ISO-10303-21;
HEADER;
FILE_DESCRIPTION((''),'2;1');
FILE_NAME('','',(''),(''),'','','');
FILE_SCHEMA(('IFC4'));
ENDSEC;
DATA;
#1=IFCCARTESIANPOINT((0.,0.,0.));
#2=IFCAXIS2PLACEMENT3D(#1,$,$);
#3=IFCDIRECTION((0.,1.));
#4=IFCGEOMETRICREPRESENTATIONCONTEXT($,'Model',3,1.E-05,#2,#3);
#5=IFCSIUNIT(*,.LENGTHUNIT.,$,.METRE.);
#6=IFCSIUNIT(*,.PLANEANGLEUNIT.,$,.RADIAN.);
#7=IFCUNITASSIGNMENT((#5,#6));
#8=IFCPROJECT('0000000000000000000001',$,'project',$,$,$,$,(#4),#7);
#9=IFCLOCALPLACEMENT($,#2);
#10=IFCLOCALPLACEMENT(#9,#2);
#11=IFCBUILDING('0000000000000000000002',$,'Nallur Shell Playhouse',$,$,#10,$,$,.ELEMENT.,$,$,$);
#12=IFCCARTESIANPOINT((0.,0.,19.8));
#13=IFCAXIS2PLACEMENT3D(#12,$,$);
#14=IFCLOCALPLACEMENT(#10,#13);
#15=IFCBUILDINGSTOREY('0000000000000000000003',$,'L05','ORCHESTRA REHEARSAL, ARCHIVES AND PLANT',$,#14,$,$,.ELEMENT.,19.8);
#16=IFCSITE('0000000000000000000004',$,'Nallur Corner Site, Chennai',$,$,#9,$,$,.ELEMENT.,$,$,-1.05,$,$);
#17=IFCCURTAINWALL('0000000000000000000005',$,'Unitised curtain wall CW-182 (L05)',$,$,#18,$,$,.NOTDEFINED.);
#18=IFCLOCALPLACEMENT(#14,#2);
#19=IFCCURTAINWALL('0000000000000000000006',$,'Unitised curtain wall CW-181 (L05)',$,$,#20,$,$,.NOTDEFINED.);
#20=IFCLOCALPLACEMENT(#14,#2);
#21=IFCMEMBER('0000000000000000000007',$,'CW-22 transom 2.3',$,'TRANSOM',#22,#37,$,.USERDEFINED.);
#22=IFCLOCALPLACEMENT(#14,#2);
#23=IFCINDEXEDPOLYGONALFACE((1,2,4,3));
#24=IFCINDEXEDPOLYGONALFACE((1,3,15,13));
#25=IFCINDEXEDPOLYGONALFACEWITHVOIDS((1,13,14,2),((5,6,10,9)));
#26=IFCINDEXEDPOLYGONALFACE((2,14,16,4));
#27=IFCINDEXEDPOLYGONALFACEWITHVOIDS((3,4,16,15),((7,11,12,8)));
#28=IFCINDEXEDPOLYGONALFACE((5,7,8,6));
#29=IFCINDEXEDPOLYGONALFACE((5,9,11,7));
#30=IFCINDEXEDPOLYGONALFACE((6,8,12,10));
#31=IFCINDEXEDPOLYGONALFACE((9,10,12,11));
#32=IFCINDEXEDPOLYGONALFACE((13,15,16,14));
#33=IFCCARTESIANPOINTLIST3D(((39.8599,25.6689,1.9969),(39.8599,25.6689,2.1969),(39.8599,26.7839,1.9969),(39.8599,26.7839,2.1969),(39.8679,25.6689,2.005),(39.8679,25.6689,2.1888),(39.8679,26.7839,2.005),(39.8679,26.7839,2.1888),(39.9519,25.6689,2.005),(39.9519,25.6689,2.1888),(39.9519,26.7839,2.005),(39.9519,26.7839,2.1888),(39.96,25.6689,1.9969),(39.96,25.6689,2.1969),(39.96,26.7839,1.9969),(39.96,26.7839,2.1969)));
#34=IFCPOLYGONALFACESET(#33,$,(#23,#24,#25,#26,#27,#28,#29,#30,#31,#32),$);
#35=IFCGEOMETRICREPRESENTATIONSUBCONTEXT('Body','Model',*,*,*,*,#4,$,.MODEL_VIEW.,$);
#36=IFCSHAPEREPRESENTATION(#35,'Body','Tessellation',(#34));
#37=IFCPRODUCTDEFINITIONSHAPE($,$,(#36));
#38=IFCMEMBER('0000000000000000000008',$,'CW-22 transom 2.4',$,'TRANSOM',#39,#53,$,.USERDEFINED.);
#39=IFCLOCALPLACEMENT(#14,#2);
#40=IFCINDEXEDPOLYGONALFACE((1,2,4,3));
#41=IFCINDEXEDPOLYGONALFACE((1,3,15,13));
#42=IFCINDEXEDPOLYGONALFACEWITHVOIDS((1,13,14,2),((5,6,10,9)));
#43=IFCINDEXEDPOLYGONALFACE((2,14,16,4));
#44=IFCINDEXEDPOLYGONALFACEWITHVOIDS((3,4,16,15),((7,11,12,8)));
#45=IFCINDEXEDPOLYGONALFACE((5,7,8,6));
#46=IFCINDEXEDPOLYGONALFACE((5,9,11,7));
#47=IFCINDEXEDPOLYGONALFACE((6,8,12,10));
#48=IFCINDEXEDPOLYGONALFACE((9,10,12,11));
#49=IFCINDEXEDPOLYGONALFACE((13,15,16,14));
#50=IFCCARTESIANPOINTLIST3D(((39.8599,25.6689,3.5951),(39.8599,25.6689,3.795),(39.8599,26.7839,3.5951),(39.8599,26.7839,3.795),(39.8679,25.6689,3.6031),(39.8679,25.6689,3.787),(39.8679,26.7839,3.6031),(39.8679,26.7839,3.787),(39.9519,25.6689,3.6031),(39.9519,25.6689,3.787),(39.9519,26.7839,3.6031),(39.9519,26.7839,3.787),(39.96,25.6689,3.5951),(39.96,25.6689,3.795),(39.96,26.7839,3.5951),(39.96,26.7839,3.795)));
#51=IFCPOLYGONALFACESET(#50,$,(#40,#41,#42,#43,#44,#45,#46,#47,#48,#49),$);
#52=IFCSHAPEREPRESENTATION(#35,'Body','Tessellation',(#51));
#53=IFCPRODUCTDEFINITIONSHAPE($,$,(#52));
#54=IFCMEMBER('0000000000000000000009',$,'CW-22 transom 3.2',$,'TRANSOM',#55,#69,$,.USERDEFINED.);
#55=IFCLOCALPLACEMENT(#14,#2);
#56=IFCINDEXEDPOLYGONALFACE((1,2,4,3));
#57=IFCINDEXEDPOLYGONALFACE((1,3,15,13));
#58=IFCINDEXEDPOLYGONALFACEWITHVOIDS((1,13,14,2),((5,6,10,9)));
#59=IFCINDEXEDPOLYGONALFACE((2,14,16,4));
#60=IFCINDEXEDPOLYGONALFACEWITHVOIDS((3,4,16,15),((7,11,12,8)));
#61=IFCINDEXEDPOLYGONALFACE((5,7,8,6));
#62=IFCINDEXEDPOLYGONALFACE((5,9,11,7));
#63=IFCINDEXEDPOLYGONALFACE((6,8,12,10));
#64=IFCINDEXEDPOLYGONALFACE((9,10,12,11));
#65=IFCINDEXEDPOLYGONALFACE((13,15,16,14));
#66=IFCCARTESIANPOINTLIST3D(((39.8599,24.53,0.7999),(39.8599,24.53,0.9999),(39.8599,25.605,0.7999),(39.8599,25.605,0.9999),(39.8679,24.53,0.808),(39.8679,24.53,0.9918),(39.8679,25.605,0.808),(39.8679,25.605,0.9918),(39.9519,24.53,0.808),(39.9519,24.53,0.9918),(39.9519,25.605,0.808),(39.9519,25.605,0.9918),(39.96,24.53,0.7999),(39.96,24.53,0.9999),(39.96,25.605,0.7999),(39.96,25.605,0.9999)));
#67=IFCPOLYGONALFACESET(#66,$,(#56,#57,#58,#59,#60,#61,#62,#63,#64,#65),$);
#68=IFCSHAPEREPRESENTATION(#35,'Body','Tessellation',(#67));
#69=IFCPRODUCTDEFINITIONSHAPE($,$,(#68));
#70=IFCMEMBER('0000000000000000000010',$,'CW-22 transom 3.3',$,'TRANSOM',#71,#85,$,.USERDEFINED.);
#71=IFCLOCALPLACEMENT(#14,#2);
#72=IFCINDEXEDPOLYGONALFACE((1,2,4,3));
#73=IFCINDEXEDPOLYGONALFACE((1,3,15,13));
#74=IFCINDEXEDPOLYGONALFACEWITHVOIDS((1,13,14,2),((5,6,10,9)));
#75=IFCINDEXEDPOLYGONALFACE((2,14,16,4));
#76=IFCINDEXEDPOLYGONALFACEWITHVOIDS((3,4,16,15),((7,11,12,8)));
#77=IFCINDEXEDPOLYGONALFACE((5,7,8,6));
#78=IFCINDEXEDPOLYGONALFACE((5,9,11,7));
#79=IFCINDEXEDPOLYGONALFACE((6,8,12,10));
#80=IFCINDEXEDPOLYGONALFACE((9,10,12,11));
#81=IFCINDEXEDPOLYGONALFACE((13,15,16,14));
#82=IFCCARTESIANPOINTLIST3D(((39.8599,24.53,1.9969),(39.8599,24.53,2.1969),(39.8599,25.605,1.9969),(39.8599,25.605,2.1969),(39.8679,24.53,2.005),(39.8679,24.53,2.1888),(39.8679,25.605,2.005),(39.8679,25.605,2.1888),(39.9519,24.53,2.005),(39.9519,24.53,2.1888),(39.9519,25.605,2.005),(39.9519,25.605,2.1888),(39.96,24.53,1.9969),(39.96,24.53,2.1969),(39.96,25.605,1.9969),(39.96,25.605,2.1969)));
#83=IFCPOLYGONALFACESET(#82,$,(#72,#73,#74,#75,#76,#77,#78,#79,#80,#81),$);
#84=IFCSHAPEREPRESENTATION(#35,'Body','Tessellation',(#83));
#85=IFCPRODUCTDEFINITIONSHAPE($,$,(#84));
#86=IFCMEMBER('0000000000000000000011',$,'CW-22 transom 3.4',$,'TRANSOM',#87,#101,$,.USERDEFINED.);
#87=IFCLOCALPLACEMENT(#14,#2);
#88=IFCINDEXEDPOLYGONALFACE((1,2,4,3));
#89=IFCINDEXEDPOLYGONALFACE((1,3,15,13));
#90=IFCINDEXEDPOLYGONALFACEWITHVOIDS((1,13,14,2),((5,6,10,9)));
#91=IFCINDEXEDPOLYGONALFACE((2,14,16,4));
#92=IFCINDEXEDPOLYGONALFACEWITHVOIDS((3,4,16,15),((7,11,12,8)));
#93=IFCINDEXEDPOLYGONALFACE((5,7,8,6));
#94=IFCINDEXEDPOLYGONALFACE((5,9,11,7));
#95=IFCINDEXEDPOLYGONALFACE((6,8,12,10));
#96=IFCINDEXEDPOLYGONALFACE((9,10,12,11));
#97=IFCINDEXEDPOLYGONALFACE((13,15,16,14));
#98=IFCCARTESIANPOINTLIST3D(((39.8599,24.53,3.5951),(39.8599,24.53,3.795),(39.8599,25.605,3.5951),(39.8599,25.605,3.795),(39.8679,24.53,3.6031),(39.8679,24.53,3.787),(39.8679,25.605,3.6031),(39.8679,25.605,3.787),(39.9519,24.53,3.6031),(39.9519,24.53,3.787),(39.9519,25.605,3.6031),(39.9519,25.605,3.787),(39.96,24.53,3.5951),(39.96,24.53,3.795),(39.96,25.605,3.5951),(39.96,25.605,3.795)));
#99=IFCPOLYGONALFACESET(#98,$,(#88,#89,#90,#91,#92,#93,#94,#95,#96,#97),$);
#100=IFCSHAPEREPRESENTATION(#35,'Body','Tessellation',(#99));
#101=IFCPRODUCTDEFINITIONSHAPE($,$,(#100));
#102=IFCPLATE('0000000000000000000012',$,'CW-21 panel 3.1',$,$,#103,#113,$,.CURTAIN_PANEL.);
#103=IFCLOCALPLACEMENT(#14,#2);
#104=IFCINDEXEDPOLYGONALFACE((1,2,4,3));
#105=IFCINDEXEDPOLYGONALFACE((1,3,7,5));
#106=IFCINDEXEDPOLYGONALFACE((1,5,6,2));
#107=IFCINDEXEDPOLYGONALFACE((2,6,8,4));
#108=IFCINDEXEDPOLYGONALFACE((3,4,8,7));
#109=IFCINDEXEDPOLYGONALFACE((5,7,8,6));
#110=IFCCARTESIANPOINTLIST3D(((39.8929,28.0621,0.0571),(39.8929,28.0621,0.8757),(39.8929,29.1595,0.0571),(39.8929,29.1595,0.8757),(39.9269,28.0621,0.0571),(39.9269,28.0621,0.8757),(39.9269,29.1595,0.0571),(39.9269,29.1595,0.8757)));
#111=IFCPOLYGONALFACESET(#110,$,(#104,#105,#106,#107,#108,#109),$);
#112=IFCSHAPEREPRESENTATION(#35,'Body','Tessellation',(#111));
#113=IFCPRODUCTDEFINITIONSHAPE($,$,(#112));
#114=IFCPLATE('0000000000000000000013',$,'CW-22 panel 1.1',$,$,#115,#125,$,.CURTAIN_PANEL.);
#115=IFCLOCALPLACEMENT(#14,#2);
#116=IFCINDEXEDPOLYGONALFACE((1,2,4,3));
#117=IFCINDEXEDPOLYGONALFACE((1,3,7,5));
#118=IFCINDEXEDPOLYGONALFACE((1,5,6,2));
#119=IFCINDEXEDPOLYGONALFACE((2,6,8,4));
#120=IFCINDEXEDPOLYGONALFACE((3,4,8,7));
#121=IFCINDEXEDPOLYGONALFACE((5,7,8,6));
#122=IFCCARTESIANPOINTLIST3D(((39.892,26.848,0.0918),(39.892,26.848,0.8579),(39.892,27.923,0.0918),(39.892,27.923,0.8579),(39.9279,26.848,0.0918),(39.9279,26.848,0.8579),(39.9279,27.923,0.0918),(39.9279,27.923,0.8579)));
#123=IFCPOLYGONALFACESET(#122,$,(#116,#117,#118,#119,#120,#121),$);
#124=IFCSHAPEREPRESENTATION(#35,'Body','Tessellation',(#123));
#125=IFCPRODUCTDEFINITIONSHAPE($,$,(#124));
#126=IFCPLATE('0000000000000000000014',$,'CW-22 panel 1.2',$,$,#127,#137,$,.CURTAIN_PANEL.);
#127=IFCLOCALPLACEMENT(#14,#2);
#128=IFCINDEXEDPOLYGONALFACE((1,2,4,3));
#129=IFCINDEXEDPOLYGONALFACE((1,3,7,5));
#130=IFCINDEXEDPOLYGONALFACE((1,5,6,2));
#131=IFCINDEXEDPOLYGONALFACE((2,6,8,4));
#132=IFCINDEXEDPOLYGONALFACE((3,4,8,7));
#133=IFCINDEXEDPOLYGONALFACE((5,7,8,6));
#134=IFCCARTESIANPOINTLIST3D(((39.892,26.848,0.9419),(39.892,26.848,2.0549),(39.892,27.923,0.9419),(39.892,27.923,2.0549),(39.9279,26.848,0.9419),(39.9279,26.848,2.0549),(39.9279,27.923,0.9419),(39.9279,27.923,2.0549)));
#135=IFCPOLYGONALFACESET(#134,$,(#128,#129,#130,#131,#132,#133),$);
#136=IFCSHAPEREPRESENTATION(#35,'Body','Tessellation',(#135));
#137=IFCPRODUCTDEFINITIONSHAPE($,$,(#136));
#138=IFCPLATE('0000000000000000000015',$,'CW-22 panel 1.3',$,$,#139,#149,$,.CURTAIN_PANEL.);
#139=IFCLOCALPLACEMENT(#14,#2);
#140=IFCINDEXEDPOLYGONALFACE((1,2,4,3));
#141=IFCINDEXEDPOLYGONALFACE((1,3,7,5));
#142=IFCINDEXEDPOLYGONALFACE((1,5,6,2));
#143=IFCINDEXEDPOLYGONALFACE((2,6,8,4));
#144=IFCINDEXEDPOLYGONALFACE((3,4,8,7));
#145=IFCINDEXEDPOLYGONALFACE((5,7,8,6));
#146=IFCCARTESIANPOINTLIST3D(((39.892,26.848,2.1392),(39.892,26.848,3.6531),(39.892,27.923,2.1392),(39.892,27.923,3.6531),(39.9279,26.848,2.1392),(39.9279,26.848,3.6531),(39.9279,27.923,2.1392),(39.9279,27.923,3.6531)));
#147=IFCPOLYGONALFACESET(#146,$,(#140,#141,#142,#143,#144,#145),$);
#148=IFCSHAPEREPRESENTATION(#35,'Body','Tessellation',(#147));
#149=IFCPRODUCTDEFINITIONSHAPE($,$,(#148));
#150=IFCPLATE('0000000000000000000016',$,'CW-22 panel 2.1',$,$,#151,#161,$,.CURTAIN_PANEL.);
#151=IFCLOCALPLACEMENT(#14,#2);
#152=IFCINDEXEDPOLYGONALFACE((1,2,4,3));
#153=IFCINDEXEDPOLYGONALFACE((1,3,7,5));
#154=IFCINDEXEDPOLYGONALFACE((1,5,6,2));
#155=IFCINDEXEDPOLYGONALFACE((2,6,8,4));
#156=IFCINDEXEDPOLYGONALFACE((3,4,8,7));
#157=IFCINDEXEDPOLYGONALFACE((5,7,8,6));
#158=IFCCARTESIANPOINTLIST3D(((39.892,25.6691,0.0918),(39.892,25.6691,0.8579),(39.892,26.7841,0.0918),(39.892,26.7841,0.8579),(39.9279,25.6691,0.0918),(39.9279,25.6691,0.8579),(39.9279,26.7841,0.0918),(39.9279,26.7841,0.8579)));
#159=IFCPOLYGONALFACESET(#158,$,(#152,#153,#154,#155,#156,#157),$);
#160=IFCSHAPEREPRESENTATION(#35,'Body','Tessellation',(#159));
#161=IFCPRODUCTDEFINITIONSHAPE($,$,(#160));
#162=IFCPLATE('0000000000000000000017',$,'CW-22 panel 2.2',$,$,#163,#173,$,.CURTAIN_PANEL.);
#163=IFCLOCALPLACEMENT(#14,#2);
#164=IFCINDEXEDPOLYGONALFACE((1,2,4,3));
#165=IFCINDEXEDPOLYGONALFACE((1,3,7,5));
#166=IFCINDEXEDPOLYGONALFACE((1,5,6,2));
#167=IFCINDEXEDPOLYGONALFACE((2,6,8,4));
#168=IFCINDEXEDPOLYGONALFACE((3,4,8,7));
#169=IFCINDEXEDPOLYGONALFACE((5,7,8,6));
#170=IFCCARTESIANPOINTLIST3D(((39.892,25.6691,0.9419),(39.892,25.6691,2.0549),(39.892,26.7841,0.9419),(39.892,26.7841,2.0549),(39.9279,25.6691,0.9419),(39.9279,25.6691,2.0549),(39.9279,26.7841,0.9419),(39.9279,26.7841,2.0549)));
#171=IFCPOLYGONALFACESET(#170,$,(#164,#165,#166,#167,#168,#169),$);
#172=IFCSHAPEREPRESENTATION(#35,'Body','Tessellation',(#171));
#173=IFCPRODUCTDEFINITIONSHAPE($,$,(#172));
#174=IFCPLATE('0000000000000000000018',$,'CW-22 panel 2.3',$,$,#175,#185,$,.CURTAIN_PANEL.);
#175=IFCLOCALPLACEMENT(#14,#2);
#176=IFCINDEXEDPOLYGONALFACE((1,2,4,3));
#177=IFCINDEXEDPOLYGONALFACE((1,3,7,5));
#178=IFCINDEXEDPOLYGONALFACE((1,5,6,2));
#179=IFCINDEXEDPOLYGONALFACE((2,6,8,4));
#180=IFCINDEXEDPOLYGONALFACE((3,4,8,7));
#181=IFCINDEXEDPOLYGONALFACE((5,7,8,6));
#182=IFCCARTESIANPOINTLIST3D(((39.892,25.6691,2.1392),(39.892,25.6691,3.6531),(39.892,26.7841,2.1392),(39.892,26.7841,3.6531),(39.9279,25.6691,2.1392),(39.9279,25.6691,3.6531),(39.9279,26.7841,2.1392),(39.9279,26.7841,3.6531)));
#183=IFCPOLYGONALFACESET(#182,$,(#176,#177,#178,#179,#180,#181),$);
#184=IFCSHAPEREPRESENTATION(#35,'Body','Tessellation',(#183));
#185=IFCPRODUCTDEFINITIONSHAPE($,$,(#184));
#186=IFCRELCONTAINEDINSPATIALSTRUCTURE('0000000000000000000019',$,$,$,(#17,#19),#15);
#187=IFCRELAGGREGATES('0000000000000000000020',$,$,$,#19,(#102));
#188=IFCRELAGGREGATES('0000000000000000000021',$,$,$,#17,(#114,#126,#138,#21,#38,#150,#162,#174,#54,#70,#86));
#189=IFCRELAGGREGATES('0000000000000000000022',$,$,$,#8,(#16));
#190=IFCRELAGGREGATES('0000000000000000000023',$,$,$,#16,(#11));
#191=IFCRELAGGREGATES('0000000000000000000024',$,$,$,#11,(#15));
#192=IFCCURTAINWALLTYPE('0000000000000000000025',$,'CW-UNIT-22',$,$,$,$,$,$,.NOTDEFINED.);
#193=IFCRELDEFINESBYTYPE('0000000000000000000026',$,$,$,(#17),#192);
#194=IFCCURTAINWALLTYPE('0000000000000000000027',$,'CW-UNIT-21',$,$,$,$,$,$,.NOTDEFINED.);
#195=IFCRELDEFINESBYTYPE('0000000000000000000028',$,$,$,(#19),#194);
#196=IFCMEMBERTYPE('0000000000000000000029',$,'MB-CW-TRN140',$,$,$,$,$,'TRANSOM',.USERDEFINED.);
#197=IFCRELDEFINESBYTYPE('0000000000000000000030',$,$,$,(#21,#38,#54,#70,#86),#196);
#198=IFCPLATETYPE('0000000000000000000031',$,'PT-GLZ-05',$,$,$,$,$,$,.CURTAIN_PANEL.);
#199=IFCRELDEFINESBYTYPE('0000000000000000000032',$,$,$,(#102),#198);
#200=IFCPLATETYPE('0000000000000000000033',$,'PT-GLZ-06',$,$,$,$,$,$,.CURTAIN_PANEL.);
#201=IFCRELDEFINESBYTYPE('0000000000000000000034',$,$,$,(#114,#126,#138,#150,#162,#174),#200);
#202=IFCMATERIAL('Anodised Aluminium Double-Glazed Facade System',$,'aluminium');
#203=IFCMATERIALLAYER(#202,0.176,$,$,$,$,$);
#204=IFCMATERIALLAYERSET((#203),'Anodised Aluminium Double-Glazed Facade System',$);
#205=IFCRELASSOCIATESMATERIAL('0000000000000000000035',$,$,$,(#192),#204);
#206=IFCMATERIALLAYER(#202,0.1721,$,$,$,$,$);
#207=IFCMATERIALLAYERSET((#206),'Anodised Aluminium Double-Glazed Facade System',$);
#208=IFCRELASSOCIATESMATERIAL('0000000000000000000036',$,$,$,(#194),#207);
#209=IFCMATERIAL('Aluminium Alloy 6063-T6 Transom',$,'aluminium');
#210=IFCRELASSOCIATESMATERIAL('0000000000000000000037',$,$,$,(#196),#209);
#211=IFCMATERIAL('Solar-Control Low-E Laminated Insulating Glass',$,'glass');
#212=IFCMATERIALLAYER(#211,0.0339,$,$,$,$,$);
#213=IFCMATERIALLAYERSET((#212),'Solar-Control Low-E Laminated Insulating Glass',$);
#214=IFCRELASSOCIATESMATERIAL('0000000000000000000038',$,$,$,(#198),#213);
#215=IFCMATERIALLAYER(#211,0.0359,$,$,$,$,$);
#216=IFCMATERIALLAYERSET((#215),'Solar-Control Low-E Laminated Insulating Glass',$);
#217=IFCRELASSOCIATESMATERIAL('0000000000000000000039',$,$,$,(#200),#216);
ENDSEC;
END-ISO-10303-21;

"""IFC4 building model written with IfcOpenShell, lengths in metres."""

from ifc_helpers import new_model, si_unit, direction, frame, origin, origin_2d, place, context, subcontext, project, spatial, rectangle, hollow_rectangle, extrude, material, layer, layer_set, material_profile, profile_set, type_object, element, aggregate, save


model = new_model("IFC4")

# Units and contexts
model_context = context("Model", 3, precision=1e-05, world=origin(), true_north=direction((0.0, 1.0)))
body_context = subcontext(model_context, "Body", "Model", "MODEL_VIEW")
ifc_project = project(units=[si_unit("LENGTHUNIT", "METRE"), si_unit("PLANEANGLEUNIT", "RADIAN")], contexts=[model_context])

# Site, building, storey
site_placement = place(None, origin())
site = spatial("IfcSite", under=ifc_project, at=site_placement, Name="Nallur Corner Site, Chennai", CompositionType="ELEMENT", RefElevation=-1.05)
building_placement = place(site_placement, origin())
building = spatial("IfcBuilding", under=site, at=building_placement, Name="Nallur Shell Playhouse", CompositionType="ELEMENT")
storey_placement = place(building_placement, frame((0.0, 0.0, 19.8)))
storey = spatial("IfcBuildingStorey", under=building, at=storey_placement, Name="L05", Description="ORCHESTRA REHEARSAL, ARCHIVES AND PLANT", CompositionType="ELEMENT", Elevation=19.8)

# Curtain wall
ifc_material_1 = material(Name="Anodised Aluminium Double-Glazed Facade System", Category="aluminium")
ifc_layer_1 = layer(ifc_material_1, 0.176)
ifc_layer_set_1 = layer_set([ifc_layer_1], Name="Anodised Aluminium Double-Glazed Facade System")
curtain_wall_type_1 = type_object("IfcCurtainWallType", Name="CW-UNIT-22", PredefinedType="NOTDEFINED", material=ifc_layer_set_1)
curtain_wall_1_placement = place(storey_placement, origin())
curtain_wall_1 = element("IfcCurtainWall", 1, at=curtain_wall_1_placement, inside=storey, type_object=curtain_wall_type_1, Name="Unitised curtain wall CW-182 (L05)", PredefinedType="NOTDEFINED")

# Curtain wall
ifc_layer_2 = layer(ifc_material_1, 0.1721)
ifc_layer_set_2 = layer_set([ifc_layer_2], Name="Anodised Aluminium Double-Glazed Facade System")
curtain_wall_type_2 = type_object("IfcCurtainWallType", Name="CW-UNIT-21", PredefinedType="NOTDEFINED", material=ifc_layer_set_2)
curtain_wall_2_placement = place(storey_placement, origin())
curtain_wall_2 = element("IfcCurtainWall", 2, at=curtain_wall_2_placement, inside=storey, type_object=curtain_wall_type_2, Name="Unitised curtain wall CW-181 (L05)", PredefinedType="NOTDEFINED")

# Members
ifc_material_2 = material(Name="Aluminium Alloy 6063-T6 Transom", Category="aluminium")
ifc_material_profile_1 = material_profile(ifc_material_2, hollow_rectangle(XDim=0.1001, YDim=0.2, WallThickness=0.0081, at=origin_2d()), Name="RHS 200x100x8")
ifc_profile_set_1 = profile_set([ifc_material_profile_1], Name="Aluminium Alloy 6063-T6 Transom")
member_type_1 = type_object("IfcMemberType", Name="MB-CW-TRN140", ElementType="TRANSOM", PredefinedType="USERDEFINED", material=ifc_profile_set_1)
member_1_placement = place(storey_placement, frame((39.9099, 26.7839, 2.0969), z_axis=(0.0, -1.0, 0.0), x_axis=(1.0, 0.0, 0.0)))
member_1 = element("IfcMember", 3, at=member_1_placement, type_object=member_type_1, Name="CW-22 transom 2.3", ObjectType="TRANSOM", PredefinedType="USERDEFINED", context=body_context, shape_type="SweptSolid", body=[
    extrude(hollow_rectangle(XDim=0.1001, YDim=0.2, WallThickness=0.0081, at=origin_2d()), origin(), (0.0, 0.0, 1.0), 1.115),
])
member_2_placement = place(storey_placement, frame((39.9099, 26.7839, 3.6951), z_axis=(0.0, -1.0, 0.0), x_axis=(1.0, 0.0, 0.0)))
member_2 = element("IfcMember", 4, at=member_2_placement, type_object=member_type_1, Name="CW-22 transom 2.4", ObjectType="TRANSOM", PredefinedType="USERDEFINED", context=body_context, shape_type="SweptSolid", body=[
    extrude(hollow_rectangle(XDim=0.1001, YDim=0.2, WallThickness=0.0081, at=origin_2d()), origin(), (0.0, 0.0, 1.0), 1.115),
])
member_3_placement = place(storey_placement, frame((39.9099, 25.605, 0.8999), z_axis=(0.0, -1.0, 0.0), x_axis=(1.0, 0.0, 0.0)))
member_3 = element("IfcMember", 5, at=member_3_placement, type_object=member_type_1, Name="CW-22 transom 3.2", ObjectType="TRANSOM", PredefinedType="USERDEFINED", context=body_context, shape_type="SweptSolid", body=[
    extrude(hollow_rectangle(XDim=0.1001, YDim=0.2, WallThickness=0.0081, at=origin_2d()), origin(), (0.0, 0.0, 1.0), 1.075),
])
member_4_placement = place(storey_placement, frame((39.9099, 25.605, 2.0969), z_axis=(0.0, -1.0, 0.0), x_axis=(1.0, 0.0, 0.0)))
member_4 = element("IfcMember", 6, at=member_4_placement, type_object=member_type_1, Name="CW-22 transom 3.3", ObjectType="TRANSOM", PredefinedType="USERDEFINED", context=body_context, shape_type="SweptSolid", body=[
    extrude(hollow_rectangle(XDim=0.1001, YDim=0.2, WallThickness=0.0081, at=origin_2d()), origin(), (0.0, 0.0, 1.0), 1.075),
])
member_5_placement = place(storey_placement, frame((39.9099, 25.605, 3.6951), z_axis=(0.0, -1.0, 0.0), x_axis=(1.0, 0.0, 0.0)))
member_5 = element("IfcMember", 7, at=member_5_placement, type_object=member_type_1, Name="CW-22 transom 3.4", ObjectType="TRANSOM", PredefinedType="USERDEFINED", context=body_context, shape_type="SweptSolid", body=[
    extrude(hollow_rectangle(XDim=0.1001, YDim=0.2, WallThickness=0.0081, at=origin_2d()), origin(), (0.0, 0.0, 1.0), 1.075),
])

# Plates
ifc_material_3 = material(Name="Solar-Control Low-E Laminated Insulating Glass", Category="glass")
ifc_layer_3 = layer(ifc_material_3, 0.0339)
ifc_layer_set_3 = layer_set([ifc_layer_3], Name="Solar-Control Low-E Laminated Insulating Glass")
plate_type_1 = type_object("IfcPlateType", Name="PT-GLZ-05", PredefinedType="CURTAIN_PANEL", material=ifc_layer_set_3)
plate_1_placement = place(storey_placement, frame((39.9099, 28.6108, 0.0571), z_axis=(0.0, 0.0, 1.0), x_axis=(0.0, -1.0, 0.0)))
plate_1 = element("IfcPlate", 8, at=plate_1_placement, type_object=plate_type_1, Name="CW-21 panel 3.1", PredefinedType="CURTAIN_PANEL", context=body_context, shape_type="SweptSolid", body=[
    extrude(rectangle(XDim=1.0974, YDim=0.0339, at=origin_2d()), origin(), (0.0, 0.0, 1.0), 0.8186),
])
aggregate(curtain_wall_2, [plate_1])
ifc_layer_4 = layer(ifc_material_3, 0.0359)
ifc_layer_set_4 = layer_set([ifc_layer_4], Name="Solar-Control Low-E Laminated Insulating Glass")
plate_type_2 = type_object("IfcPlateType", Name="PT-GLZ-06", PredefinedType="CURTAIN_PANEL", material=ifc_layer_set_4)
plate_2_placement = place(storey_placement, frame((39.9099, 27.3855, 0.0918), z_axis=(0.0, 0.0, 1.0), x_axis=(0.0, -1.0, 0.0)))
plate_2 = element("IfcPlate", 9, at=plate_2_placement, type_object=plate_type_2, Name="CW-22 panel 1.1", PredefinedType="CURTAIN_PANEL", context=body_context, shape_type="SweptSolid", body=[
    extrude(rectangle(XDim=1.075, YDim=0.0359, at=origin_2d()), origin(), (0.0, 0.0, 1.0), 0.7661),
])
plate_3_placement = place(storey_placement, frame((39.9099, 27.3855, 0.9419), z_axis=(0.0, 0.0, 1.0), x_axis=(0.0, -1.0, 0.0)))
plate_3 = element("IfcPlate", 10, at=plate_3_placement, type_object=plate_type_2, Name="CW-22 panel 1.2", PredefinedType="CURTAIN_PANEL", context=body_context, shape_type="SweptSolid", body=[
    extrude(rectangle(XDim=1.075, YDim=0.0359, at=origin_2d()), origin(), (0.0, 0.0, 1.0), 1.113),
])
plate_4_placement = place(storey_placement, frame((39.9099, 27.3855, 2.1392), z_axis=(0.0, 0.0, 1.0), x_axis=(0.0, -1.0, 0.0)))
plate_4 = element("IfcPlate", 11, at=plate_4_placement, type_object=plate_type_2, Name="CW-22 panel 1.3", PredefinedType="CURTAIN_PANEL", context=body_context, shape_type="SweptSolid", body=[
    extrude(rectangle(XDim=1.075, YDim=0.0359, at=origin_2d()), origin(), (0.0, 0.0, 1.0), 1.5139),
])
plate_5_placement = place(storey_placement, frame((39.9099, 26.2266, 0.0918), z_axis=(0.0, 0.0, 1.0), x_axis=(0.0, -1.0, 0.0)))
plate_5 = element("IfcPlate", 12, at=plate_5_placement, type_object=plate_type_2, Name="CW-22 panel 2.1", PredefinedType="CURTAIN_PANEL", context=body_context, shape_type="SweptSolid", body=[
    extrude(rectangle(XDim=1.115, YDim=0.0359, at=origin_2d()), origin(), (0.0, 0.0, 1.0), 0.7661),
])
plate_6_placement = place(storey_placement, frame((39.9099, 26.2266, 0.9419), z_axis=(0.0, 0.0, 1.0), x_axis=(0.0, -1.0, 0.0)))
plate_6 = element("IfcPlate", 13, at=plate_6_placement, type_object=plate_type_2, Name="CW-22 panel 2.2", PredefinedType="CURTAIN_PANEL", context=body_context, shape_type="SweptSolid", body=[
    extrude(rectangle(XDim=1.115, YDim=0.0359, at=origin_2d()), origin(), (0.0, 0.0, 1.0), 1.113),
])
plate_7_placement = place(storey_placement, frame((39.9099, 26.2266, 2.1392), z_axis=(0.0, 0.0, 1.0), x_axis=(0.0, -1.0, 0.0)))
plate_7 = element("IfcPlate", 14, at=plate_7_placement, type_object=plate_type_2, Name="CW-22 panel 2.3", PredefinedType="CURTAIN_PANEL", context=body_context, shape_type="SweptSolid", body=[
    extrude(rectangle(XDim=1.115, YDim=0.0359, at=origin_2d()), origin(), (0.0, 0.0, 1.0), 1.5139),
])
aggregate(curtain_wall_1, [plate_2, plate_3, plate_4, member_1, member_2, plate_5, plate_6, plate_7, member_3, member_4, member_5])

save(model, "model.ifc")
